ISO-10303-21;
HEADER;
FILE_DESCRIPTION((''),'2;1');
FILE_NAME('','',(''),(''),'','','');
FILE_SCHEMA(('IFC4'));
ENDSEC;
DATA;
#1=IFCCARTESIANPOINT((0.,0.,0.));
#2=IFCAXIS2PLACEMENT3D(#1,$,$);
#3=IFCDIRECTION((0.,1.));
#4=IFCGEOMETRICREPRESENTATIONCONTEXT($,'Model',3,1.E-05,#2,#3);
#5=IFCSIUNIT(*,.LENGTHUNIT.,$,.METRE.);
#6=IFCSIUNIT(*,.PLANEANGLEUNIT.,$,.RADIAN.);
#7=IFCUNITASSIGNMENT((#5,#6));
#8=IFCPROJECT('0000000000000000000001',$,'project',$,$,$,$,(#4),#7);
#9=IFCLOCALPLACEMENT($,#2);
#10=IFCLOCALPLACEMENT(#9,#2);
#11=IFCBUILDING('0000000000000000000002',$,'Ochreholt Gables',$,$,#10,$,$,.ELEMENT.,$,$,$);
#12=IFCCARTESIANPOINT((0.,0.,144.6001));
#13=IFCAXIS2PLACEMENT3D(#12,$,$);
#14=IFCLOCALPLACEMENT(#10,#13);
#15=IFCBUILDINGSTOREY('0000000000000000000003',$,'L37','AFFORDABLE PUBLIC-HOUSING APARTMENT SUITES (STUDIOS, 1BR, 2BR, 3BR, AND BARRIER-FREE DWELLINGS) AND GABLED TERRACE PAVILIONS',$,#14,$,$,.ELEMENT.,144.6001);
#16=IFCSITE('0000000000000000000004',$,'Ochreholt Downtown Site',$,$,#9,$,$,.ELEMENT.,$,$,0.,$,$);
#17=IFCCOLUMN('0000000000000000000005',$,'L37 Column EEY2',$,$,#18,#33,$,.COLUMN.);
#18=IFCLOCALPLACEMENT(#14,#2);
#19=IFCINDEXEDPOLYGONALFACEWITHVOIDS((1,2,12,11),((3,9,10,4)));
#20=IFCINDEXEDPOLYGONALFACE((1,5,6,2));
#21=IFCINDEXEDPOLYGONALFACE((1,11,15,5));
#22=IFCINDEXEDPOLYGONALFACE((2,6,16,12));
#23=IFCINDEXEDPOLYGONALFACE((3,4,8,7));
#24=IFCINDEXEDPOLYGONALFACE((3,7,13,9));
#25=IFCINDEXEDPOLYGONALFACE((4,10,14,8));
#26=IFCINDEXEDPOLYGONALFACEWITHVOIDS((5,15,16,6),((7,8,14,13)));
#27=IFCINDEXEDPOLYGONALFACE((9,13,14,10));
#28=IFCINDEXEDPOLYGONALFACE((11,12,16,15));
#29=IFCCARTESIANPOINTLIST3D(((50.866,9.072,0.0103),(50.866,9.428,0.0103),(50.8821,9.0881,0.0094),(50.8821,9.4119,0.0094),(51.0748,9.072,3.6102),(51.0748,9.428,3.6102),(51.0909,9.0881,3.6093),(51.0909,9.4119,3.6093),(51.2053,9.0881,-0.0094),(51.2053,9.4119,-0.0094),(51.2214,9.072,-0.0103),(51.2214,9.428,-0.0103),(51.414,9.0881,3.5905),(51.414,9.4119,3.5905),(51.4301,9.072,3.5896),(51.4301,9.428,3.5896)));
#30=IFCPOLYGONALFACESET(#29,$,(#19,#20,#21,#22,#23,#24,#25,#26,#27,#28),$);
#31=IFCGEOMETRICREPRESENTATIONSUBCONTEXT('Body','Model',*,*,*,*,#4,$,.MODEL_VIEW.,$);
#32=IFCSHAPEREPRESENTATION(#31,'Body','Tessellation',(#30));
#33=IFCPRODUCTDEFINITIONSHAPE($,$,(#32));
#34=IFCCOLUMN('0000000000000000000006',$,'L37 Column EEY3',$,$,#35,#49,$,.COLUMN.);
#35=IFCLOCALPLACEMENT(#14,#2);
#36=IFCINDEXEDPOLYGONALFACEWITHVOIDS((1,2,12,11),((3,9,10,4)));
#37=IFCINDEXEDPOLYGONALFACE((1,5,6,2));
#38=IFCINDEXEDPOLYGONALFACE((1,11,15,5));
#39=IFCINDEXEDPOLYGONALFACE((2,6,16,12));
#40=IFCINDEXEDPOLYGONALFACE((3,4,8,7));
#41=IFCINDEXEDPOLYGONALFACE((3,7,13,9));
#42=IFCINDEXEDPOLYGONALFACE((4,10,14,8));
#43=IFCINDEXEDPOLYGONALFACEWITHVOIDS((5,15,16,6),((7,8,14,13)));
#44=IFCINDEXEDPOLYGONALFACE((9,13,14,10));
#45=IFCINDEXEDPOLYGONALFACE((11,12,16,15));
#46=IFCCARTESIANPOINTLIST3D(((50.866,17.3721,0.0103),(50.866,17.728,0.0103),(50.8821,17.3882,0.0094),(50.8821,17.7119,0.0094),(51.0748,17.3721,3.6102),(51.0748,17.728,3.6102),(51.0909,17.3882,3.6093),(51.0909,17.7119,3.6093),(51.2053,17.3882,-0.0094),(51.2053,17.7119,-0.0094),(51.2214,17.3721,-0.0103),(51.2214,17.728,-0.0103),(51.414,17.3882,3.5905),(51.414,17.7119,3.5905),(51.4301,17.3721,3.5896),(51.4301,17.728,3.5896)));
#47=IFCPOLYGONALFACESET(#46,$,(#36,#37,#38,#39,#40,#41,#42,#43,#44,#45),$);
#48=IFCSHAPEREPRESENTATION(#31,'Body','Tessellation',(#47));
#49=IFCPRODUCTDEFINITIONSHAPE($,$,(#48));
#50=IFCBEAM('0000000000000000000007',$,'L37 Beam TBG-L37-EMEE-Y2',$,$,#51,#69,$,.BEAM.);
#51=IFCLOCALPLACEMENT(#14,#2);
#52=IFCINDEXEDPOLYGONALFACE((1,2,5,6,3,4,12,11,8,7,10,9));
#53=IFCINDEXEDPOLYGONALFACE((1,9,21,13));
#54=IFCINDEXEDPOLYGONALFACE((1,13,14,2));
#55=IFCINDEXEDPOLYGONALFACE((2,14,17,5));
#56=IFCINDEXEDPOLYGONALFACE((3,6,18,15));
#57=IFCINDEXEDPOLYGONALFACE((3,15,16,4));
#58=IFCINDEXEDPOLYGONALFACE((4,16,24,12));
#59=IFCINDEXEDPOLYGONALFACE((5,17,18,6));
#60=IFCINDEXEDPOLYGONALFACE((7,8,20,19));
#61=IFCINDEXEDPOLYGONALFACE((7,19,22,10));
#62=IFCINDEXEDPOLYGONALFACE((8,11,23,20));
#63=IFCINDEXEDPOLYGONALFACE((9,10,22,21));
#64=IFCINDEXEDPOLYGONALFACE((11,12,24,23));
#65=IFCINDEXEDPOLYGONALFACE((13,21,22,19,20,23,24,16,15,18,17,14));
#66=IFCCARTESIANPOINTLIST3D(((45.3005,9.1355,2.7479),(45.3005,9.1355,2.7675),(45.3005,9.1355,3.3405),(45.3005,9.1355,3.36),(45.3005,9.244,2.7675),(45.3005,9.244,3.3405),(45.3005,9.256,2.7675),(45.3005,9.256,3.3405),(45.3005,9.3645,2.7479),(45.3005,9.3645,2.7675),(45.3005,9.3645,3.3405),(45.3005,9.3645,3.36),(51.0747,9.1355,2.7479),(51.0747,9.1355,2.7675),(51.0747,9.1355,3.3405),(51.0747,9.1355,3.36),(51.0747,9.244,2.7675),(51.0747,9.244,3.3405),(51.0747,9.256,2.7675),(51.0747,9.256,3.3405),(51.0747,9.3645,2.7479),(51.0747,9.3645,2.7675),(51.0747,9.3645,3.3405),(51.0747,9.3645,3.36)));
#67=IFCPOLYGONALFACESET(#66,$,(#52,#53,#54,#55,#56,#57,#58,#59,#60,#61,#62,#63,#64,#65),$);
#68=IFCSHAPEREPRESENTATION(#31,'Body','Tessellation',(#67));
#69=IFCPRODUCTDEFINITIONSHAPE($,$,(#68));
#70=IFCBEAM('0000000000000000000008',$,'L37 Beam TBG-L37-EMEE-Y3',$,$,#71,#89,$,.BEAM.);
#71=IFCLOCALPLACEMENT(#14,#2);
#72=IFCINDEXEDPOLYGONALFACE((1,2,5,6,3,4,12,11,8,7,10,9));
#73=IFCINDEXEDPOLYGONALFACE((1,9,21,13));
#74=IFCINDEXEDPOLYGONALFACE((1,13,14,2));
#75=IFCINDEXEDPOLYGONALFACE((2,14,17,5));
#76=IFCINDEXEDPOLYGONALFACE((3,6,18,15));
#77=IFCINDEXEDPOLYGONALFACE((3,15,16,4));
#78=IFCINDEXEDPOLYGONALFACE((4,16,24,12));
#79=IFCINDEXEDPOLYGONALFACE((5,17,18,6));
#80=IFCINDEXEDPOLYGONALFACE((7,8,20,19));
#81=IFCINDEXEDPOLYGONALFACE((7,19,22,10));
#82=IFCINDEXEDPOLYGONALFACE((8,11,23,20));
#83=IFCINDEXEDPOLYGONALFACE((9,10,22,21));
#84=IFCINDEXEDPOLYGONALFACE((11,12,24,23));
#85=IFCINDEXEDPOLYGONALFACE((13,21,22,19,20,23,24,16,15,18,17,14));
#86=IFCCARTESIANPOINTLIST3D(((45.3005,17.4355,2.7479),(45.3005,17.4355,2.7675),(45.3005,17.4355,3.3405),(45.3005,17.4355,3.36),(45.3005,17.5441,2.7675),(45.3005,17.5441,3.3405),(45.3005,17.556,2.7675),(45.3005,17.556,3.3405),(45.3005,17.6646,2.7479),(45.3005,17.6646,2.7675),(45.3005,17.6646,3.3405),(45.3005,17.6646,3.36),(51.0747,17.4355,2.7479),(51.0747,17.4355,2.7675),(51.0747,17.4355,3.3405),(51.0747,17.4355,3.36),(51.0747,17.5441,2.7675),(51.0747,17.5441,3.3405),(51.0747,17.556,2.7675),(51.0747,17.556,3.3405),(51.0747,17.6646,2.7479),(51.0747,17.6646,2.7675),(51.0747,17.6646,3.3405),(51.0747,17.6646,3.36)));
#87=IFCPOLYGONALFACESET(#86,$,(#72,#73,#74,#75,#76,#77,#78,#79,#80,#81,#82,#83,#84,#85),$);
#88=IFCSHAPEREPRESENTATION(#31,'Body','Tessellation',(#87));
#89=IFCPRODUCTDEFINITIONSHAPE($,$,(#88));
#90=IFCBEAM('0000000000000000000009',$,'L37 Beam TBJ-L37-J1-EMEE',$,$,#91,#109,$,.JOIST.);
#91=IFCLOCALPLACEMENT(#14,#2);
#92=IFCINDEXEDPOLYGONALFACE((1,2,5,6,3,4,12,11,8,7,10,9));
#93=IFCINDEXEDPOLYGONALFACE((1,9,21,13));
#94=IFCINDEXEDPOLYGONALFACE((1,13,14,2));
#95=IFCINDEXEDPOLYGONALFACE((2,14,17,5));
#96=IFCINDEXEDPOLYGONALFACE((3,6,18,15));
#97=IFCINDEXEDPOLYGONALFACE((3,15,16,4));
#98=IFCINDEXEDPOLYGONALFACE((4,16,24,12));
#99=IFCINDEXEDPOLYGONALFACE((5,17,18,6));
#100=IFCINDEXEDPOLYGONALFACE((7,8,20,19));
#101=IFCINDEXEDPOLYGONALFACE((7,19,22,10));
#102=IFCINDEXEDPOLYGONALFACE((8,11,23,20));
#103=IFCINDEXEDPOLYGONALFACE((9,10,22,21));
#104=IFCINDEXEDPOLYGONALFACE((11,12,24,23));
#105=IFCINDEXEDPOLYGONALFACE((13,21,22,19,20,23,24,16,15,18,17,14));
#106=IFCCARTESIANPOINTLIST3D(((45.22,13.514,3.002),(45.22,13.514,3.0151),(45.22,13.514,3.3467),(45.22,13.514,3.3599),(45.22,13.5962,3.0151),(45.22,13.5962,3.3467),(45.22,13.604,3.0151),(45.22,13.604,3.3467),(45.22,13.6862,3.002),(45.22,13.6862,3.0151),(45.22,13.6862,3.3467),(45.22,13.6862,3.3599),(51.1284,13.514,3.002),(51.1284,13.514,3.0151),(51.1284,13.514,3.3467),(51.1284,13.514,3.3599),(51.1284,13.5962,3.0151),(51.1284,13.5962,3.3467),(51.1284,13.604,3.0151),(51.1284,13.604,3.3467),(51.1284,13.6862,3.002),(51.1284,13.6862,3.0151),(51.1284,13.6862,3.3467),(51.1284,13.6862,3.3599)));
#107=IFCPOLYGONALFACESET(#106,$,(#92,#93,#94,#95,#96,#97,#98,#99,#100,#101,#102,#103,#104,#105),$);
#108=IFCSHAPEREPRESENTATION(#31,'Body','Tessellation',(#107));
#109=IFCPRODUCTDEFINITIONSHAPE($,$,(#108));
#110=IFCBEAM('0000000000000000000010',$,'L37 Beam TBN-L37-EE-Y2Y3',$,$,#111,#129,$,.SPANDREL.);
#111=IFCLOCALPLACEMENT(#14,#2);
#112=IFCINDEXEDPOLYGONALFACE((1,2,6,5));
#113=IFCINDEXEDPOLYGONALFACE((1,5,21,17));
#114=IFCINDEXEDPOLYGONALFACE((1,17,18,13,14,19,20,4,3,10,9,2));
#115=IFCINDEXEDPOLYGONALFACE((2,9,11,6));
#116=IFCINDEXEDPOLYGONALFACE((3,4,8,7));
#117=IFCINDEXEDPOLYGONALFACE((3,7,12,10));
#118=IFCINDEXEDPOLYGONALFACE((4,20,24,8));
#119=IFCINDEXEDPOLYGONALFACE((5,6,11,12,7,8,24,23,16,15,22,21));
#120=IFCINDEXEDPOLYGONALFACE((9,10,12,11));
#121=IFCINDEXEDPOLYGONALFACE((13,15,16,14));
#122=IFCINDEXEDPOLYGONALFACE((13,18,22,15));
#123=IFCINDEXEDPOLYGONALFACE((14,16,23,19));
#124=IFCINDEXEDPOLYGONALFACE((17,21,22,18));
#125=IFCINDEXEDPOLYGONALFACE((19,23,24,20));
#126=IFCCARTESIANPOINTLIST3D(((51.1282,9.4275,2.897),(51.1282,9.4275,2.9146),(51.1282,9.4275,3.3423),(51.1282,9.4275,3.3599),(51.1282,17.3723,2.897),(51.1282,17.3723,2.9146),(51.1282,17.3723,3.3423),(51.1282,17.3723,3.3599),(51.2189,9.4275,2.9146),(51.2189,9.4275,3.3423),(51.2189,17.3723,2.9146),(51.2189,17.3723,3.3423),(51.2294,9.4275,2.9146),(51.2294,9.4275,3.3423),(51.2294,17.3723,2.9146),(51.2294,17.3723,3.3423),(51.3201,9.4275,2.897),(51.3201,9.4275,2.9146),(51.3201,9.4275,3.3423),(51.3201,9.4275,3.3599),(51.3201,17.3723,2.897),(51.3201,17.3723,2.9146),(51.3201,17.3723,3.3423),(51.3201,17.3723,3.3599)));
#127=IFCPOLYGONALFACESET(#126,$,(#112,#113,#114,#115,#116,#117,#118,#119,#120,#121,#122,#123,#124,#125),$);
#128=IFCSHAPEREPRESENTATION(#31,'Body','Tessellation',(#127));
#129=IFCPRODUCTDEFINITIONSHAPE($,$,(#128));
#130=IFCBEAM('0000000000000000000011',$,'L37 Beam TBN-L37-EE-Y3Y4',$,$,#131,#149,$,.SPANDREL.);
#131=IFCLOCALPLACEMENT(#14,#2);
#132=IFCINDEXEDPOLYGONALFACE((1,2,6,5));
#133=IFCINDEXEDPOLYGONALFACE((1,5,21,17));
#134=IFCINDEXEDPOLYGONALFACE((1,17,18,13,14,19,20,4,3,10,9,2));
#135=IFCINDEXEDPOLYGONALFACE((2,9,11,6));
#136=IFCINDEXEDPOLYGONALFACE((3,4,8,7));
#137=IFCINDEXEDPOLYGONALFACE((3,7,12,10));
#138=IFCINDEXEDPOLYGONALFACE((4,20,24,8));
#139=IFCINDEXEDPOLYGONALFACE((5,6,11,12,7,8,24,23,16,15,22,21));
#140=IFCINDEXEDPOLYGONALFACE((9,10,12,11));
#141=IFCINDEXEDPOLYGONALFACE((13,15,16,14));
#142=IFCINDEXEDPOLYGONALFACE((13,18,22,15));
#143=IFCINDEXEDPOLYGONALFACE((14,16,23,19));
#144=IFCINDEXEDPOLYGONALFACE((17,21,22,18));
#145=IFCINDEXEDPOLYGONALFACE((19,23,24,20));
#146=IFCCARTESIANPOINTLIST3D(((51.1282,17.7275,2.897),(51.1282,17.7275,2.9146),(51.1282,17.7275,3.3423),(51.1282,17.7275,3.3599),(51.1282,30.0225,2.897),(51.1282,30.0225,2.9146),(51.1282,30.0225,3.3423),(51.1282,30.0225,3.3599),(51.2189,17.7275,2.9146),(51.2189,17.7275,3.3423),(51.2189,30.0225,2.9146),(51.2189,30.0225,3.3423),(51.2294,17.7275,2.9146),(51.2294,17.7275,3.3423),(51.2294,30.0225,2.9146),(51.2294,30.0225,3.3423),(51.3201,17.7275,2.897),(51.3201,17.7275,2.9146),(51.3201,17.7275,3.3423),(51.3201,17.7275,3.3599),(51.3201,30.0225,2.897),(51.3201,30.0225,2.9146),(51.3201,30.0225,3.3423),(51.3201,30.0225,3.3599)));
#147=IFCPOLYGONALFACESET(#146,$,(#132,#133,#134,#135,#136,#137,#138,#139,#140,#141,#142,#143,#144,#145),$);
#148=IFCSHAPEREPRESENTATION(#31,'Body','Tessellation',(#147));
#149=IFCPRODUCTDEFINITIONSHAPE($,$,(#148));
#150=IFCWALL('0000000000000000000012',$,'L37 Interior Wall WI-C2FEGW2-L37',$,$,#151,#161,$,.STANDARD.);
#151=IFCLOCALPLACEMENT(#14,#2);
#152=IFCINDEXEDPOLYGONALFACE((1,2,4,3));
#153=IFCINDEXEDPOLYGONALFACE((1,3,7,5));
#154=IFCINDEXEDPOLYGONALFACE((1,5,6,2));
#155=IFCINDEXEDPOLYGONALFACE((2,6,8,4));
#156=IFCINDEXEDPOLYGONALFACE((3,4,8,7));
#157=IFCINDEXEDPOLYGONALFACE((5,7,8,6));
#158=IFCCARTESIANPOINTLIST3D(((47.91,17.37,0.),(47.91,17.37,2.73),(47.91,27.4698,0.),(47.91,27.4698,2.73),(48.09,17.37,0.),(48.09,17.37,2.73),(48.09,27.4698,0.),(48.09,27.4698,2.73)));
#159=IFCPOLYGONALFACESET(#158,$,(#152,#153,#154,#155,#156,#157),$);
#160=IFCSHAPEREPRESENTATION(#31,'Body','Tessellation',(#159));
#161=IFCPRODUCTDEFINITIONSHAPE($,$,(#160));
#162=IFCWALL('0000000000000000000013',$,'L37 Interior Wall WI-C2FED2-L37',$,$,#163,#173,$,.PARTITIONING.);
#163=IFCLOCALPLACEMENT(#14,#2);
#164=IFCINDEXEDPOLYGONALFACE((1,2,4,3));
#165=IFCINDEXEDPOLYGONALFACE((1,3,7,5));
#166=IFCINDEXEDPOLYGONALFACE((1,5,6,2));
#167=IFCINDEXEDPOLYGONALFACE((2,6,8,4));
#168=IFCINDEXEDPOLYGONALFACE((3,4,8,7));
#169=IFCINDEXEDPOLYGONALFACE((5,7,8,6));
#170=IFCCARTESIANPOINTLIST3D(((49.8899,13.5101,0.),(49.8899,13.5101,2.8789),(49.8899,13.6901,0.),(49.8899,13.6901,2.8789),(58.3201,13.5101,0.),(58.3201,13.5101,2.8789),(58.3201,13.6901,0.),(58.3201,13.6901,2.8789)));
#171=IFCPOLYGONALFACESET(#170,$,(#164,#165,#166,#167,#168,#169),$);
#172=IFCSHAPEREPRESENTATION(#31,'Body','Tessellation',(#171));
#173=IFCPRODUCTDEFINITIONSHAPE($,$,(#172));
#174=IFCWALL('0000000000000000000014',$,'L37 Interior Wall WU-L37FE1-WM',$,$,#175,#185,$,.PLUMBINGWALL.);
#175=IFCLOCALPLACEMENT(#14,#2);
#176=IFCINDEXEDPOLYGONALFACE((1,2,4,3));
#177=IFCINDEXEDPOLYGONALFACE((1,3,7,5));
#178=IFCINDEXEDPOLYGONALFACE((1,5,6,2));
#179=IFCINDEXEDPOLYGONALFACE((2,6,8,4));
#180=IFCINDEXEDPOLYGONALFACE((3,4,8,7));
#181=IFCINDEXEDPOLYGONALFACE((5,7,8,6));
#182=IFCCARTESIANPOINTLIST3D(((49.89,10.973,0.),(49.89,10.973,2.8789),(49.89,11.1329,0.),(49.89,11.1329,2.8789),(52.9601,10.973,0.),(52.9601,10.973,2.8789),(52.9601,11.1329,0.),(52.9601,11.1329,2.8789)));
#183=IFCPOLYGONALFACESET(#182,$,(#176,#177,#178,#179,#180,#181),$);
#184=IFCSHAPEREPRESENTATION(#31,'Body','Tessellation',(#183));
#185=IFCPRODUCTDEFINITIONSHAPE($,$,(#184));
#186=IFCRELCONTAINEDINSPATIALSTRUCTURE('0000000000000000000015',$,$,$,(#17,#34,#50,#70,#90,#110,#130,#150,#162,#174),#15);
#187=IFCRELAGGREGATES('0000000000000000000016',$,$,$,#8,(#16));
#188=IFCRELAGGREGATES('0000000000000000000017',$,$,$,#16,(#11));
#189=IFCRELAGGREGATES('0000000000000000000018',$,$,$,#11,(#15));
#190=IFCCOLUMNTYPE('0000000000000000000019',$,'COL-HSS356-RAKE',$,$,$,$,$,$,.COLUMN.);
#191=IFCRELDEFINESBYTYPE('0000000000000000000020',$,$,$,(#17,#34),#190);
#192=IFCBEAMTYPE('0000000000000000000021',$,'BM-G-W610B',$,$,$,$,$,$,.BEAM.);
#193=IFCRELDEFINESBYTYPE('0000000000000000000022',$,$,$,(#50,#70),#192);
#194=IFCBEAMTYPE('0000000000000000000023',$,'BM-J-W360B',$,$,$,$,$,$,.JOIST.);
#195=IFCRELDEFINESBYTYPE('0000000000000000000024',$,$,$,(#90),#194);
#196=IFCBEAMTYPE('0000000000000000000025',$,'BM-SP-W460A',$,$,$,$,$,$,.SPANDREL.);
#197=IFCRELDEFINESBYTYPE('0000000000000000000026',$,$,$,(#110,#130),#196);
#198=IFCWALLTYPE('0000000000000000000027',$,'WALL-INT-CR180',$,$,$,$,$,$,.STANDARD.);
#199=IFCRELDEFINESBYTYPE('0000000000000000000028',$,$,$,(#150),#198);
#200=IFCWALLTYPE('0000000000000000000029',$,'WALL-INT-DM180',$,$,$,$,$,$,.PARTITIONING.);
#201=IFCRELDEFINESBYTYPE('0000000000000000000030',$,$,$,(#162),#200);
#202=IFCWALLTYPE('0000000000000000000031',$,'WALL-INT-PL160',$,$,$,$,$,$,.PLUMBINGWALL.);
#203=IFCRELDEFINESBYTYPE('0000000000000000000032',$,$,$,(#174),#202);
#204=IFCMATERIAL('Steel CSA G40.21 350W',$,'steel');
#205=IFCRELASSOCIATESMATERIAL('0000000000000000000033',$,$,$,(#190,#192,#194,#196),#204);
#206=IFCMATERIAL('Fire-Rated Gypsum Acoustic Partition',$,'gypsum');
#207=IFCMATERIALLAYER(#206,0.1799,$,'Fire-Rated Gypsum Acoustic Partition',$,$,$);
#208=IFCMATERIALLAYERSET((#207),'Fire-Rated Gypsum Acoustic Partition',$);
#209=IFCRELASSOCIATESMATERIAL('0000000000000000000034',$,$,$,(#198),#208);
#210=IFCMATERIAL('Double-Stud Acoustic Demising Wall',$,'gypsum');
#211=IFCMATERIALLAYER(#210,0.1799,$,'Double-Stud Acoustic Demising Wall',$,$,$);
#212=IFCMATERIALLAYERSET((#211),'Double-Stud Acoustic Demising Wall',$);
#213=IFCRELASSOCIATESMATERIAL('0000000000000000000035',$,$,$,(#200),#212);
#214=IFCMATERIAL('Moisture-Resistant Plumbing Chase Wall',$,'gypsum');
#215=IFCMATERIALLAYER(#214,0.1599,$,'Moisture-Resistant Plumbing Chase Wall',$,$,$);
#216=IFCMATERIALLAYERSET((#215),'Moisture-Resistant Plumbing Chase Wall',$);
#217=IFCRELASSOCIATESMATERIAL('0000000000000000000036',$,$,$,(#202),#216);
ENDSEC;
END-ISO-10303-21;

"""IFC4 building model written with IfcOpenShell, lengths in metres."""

from ifc_helpers import new_model, si_unit, direction, frame, frame_2d, origin, origin_2d, place, context, subcontext, project, spatial, rectangle, hollow_rectangle, i_section, extrude, material, layer, layer_set, material_profile, profile_set, type_object, element, save


model = new_model("IFC4")

# Units and contexts
model_context = context("Model", 3, precision=1e-05, world=origin(), true_north=direction((0.0, 1.0)))
body_context = subcontext(model_context, "Body", "Model", "MODEL_VIEW")
ifc_project = project(units=[si_unit("LENGTHUNIT", "METRE"), si_unit("PLANEANGLEUNIT", "RADIAN")], contexts=[model_context])

# Site, building, storey
site_placement = place(None, origin())
site = spatial("IfcSite", under=ifc_project, at=site_placement, Name="Ochreholt Downtown Site", CompositionType="ELEMENT", RefElevation=0.0)
building_placement = place(site_placement, origin())
building = spatial("IfcBuilding", under=site, at=building_placement, Name="Ochreholt Gables", CompositionType="ELEMENT")
storey_placement = place(building_placement, frame((0.0, 0.0, 144.6001)))
storey = spatial("IfcBuildingStorey", under=building, at=storey_placement, Name="L37", Description="AFFORDABLE PUBLIC-HOUSING APARTMENT SUITES (STUDIOS, 1BR, 2BR, 3BR, AND BARRIER-FREE DWELLINGS) AND GABLED TERRACE PAVILIONS", CompositionType="ELEMENT", Elevation=144.6001)

# Columns
ifc_material_1 = material(Name="Steel CSA G40.21 350W", Category="steel")
ifc_material_profile_1 = material_profile(ifc_material_1, hollow_rectangle(XDim=0.356, YDim=0.356, WallThickness=0.0161, at=origin_2d()), Name="HSS356X356X16")
ifc_profile_set_1 = profile_set([ifc_material_profile_1], Name="Steel CSA G40.21 350W")
column_type = type_object("IfcColumnType", Name="COL-HSS356-RAKE", PredefinedType="COLUMN", material=ifc_profile_set_1)
for number, where, z_axis, x_axis, name in (
    (1, (51.0437, 9.25, 0.0), (0.057889, 0.0, 0.998323), (0.0, 1.0, 0.0), "L37 Column EEY2"),
    (2, (51.0437, 17.55, 0.0), (0.057889, 0.0, 0.998323), (0.0, 1.0, 0.0), "L37 Column EEY3"),
):
    element("IfcColumn", number, at=place(storey_placement, frame(where, z_axis=z_axis, x_axis=x_axis)), inside=storey, type_object=column_type, Name=name, PredefinedType="COLUMN", context=body_context, shape_type="SweptSolid", body=[
        extrude(hollow_rectangle(XDim=0.356, YDim=0.356, WallThickness=0.0161, at=origin_2d()), origin(), (0.0, 0.0, 1.0), 3.606),
    ])

# Beams
ifc_material_profile_2 = material_profile(ifc_material_1, i_section(OverallWidth=0.229, OverallDepth=0.6121, WebThickness=0.012, FlangeThickness=0.0195, at=origin_2d()), Name="W610X125")
ifc_profile_set_2 = profile_set([ifc_material_profile_2], Name="Steel CSA G40.21 350W")
beam_type_1 = type_object("IfcBeamType", Name="BM-G-W610B", PredefinedType="BEAM", material=ifc_profile_set_2)
for number, where, z_axis, x_axis, name in (
    (3, (45.3005, 9.25, 3.054), (1.0, 0.0, 0.0), (0.0, 1.0, 0.0), "L37 Beam TBG-L37-EMEE-Y2"),
    (4, (45.3005, 17.55, 3.054), (1.0, 0.0, 0.0), (0.0, 1.0, 0.0), "L37 Beam TBG-L37-EMEE-Y3"),
):
    element("IfcBeam", number, at=place(storey_placement, frame(where, z_axis=z_axis, x_axis=x_axis)), inside=storey, type_object=beam_type_1, Name=name, PredefinedType="BEAM", context=body_context, shape_type="SweptSolid", body=[
        extrude(i_section(OverallWidth=0.229, OverallDepth=0.6121, WebThickness=0.012, FlangeThickness=0.0195, at=origin_2d()), origin(), (0.0, 0.0, 1.0), 5.7742),
    ])
ifc_material_profile_3 = material_profile(ifc_material_1, i_section(OverallWidth=0.1721, OverallDepth=0.3579, WebThickness=0.0078, FlangeThickness=0.0132, at=origin_2d()), Name="W360X57")
ifc_profile_set_3 = profile_set([ifc_material_profile_3], Name="Steel CSA G40.21 350W")
beam_type_2 = type_object("IfcBeamType", Name="BM-J-W360B", PredefinedType="JOIST", material=ifc_profile_set_3)
beam_1_placement = place(storey_placement, frame((45.22, 13.6001, 3.1809), z_axis=(1.0, 0.0, 0.0), x_axis=(0.0, 1.0, 0.0)))
element("IfcBeam", 5, at=beam_1_placement, inside=storey, type_object=beam_type_2, Name="L37 Beam TBJ-L37-J1-EMEE", PredefinedType="JOIST", context=body_context, shape_type="SweptSolid", body=[
    extrude(i_section(OverallWidth=0.1721, OverallDepth=0.3579, WebThickness=0.0078, FlangeThickness=0.0132, at=origin_2d()), origin(), (0.0, 0.0, 1.0), 5.9084),
])
ifc_material_profile_4 = material_profile(ifc_material_1, i_section(OverallWidth=0.1919, OverallDepth=0.4629, WebThickness=0.0105, FlangeThickness=0.0176, at=origin_2d()), Name="W460X89")
ifc_profile_set_4 = profile_set([ifc_material_profile_4], Name="Steel CSA G40.21 350W")
beam_type_3 = type_object("IfcBeamType", Name="BM-SP-W460A", PredefinedType="SPANDREL", material=ifc_profile_set_4)
beam_2_placement = place(storey_placement, frame((51.2241, 9.4275, 3.1284), z_axis=(0.0, 1.0, 0.0), x_axis=(-1.0, 0.0, 0.0)))
element("IfcBeam", 6, at=beam_2_placement, inside=storey, type_object=beam_type_3, Name="L37 Beam TBN-L37-EE-Y2Y3", PredefinedType="SPANDREL", context=body_context, shape_type="SweptSolid", body=[
    extrude(i_section(OverallWidth=0.1919, OverallDepth=0.4629, WebThickness=0.0105, FlangeThickness=0.0176, at=origin_2d()), origin(), (0.0, 0.0, 1.0), 7.9448),
])
beam_3_placement = place(storey_placement, frame((51.2241, 17.7275, 3.1284), z_axis=(0.0, 1.0, 0.0), x_axis=(-1.0, 0.0, 0.0)))
element("IfcBeam", 7, at=beam_3_placement, inside=storey, type_object=beam_type_3, Name="L37 Beam TBN-L37-EE-Y3Y4", PredefinedType="SPANDREL", context=body_context, shape_type="SweptSolid", body=[
    extrude(i_section(OverallWidth=0.1919, OverallDepth=0.4629, WebThickness=0.0105, FlangeThickness=0.0176, at=origin_2d()), origin(), (0.0, 0.0, 1.0), 12.2949),
])

# Walls
ifc_material_2 = material(Name="Fire-Rated Gypsum Acoustic Partition", Category="gypsum")
ifc_layer_1 = layer(ifc_material_2, 0.1799, Name="Fire-Rated Gypsum Acoustic Partition")
ifc_layer_set_1 = layer_set([ifc_layer_1], Name="Fire-Rated Gypsum Acoustic Partition")
wall_type_1 = type_object("IfcWallType", Name="WALL-INT-CR180", PredefinedType="STANDARD", material=ifc_layer_set_1)
wall_1_placement = place(storey_placement, frame((48.0, 17.3701, 0.0), z_axis=(0.0, 0.0, 1.0), x_axis=(0.0, 1.0, 0.0)))
element("IfcWall", 8, at=wall_1_placement, inside=storey, type_object=wall_type_1, Name="L37 Interior Wall WI-C2FEGW2-L37", PredefinedType="STANDARD", context=body_context, shape_type="SweptSolid", body=[
    extrude(rectangle(XDim=10.0999, YDim=0.1799, at=frame_2d((5.0498, 0.0))), origin(), (0.0, 0.0, 1.0), 2.73),
])
ifc_material_3 = material(Name="Double-Stud Acoustic Demising Wall", Category="gypsum")
ifc_layer_2 = layer(ifc_material_3, 0.1799, Name="Double-Stud Acoustic Demising Wall")
ifc_layer_set_2 = layer_set([ifc_layer_2], Name="Double-Stud Acoustic Demising Wall")
wall_type_2 = type_object("IfcWallType", Name="WALL-INT-DM180", PredefinedType="PARTITIONING", material=ifc_layer_set_2)
wall_2_placement = place(storey_placement, frame((49.8899, 13.6001, 0.0), z_axis=(0.0, 0.0, 1.0), x_axis=(1.0, 0.0, 0.0)))
element("IfcWall", 9, at=wall_2_placement, inside=storey, type_object=wall_type_2, Name="L37 Interior Wall WI-C2FED2-L37", PredefinedType="PARTITIONING", context=body_context, shape_type="SweptSolid", body=[
    extrude(rectangle(XDim=8.4302, YDim=0.1799, at=frame_2d((4.2151, 0.0))), origin(), (0.0, 0.0, 1.0), 2.8789),
])

# Shared definitions
ifc_material_4 = material(Name="Moisture-Resistant Plumbing Chase Wall", Category="gypsum")
ifc_layer_3 = layer(ifc_material_4, 0.1599, Name="Moisture-Resistant Plumbing Chase Wall")
ifc_layer_set_3 = layer_set([ifc_layer_3], Name="Moisture-Resistant Plumbing Chase Wall")
wall_type_3 = type_object("IfcWallType", Name="WALL-INT-PL160", PredefinedType="PLUMBINGWALL", material=ifc_layer_set_3)

# Wall
wall_3_placement = place(storey_placement, frame((49.8899, 11.053, 0.0), z_axis=(0.0, 0.0, 1.0), x_axis=(1.0, 0.0, 0.0)))
element("IfcWall", 10, at=wall_3_placement, inside=storey, type_object=wall_type_3, Name="L37 Interior Wall WU-L37FE1-WM", PredefinedType="PLUMBINGWALL", context=body_context, shape_type="SweptSolid", body=[
    extrude(rectangle(XDim=3.0701, YDim=0.1599, at=frame_2d((1.5352, 0.0))), origin(), (0.0, 0.0, 1.0), 2.8789),
])

save(model, "model.ifc")
